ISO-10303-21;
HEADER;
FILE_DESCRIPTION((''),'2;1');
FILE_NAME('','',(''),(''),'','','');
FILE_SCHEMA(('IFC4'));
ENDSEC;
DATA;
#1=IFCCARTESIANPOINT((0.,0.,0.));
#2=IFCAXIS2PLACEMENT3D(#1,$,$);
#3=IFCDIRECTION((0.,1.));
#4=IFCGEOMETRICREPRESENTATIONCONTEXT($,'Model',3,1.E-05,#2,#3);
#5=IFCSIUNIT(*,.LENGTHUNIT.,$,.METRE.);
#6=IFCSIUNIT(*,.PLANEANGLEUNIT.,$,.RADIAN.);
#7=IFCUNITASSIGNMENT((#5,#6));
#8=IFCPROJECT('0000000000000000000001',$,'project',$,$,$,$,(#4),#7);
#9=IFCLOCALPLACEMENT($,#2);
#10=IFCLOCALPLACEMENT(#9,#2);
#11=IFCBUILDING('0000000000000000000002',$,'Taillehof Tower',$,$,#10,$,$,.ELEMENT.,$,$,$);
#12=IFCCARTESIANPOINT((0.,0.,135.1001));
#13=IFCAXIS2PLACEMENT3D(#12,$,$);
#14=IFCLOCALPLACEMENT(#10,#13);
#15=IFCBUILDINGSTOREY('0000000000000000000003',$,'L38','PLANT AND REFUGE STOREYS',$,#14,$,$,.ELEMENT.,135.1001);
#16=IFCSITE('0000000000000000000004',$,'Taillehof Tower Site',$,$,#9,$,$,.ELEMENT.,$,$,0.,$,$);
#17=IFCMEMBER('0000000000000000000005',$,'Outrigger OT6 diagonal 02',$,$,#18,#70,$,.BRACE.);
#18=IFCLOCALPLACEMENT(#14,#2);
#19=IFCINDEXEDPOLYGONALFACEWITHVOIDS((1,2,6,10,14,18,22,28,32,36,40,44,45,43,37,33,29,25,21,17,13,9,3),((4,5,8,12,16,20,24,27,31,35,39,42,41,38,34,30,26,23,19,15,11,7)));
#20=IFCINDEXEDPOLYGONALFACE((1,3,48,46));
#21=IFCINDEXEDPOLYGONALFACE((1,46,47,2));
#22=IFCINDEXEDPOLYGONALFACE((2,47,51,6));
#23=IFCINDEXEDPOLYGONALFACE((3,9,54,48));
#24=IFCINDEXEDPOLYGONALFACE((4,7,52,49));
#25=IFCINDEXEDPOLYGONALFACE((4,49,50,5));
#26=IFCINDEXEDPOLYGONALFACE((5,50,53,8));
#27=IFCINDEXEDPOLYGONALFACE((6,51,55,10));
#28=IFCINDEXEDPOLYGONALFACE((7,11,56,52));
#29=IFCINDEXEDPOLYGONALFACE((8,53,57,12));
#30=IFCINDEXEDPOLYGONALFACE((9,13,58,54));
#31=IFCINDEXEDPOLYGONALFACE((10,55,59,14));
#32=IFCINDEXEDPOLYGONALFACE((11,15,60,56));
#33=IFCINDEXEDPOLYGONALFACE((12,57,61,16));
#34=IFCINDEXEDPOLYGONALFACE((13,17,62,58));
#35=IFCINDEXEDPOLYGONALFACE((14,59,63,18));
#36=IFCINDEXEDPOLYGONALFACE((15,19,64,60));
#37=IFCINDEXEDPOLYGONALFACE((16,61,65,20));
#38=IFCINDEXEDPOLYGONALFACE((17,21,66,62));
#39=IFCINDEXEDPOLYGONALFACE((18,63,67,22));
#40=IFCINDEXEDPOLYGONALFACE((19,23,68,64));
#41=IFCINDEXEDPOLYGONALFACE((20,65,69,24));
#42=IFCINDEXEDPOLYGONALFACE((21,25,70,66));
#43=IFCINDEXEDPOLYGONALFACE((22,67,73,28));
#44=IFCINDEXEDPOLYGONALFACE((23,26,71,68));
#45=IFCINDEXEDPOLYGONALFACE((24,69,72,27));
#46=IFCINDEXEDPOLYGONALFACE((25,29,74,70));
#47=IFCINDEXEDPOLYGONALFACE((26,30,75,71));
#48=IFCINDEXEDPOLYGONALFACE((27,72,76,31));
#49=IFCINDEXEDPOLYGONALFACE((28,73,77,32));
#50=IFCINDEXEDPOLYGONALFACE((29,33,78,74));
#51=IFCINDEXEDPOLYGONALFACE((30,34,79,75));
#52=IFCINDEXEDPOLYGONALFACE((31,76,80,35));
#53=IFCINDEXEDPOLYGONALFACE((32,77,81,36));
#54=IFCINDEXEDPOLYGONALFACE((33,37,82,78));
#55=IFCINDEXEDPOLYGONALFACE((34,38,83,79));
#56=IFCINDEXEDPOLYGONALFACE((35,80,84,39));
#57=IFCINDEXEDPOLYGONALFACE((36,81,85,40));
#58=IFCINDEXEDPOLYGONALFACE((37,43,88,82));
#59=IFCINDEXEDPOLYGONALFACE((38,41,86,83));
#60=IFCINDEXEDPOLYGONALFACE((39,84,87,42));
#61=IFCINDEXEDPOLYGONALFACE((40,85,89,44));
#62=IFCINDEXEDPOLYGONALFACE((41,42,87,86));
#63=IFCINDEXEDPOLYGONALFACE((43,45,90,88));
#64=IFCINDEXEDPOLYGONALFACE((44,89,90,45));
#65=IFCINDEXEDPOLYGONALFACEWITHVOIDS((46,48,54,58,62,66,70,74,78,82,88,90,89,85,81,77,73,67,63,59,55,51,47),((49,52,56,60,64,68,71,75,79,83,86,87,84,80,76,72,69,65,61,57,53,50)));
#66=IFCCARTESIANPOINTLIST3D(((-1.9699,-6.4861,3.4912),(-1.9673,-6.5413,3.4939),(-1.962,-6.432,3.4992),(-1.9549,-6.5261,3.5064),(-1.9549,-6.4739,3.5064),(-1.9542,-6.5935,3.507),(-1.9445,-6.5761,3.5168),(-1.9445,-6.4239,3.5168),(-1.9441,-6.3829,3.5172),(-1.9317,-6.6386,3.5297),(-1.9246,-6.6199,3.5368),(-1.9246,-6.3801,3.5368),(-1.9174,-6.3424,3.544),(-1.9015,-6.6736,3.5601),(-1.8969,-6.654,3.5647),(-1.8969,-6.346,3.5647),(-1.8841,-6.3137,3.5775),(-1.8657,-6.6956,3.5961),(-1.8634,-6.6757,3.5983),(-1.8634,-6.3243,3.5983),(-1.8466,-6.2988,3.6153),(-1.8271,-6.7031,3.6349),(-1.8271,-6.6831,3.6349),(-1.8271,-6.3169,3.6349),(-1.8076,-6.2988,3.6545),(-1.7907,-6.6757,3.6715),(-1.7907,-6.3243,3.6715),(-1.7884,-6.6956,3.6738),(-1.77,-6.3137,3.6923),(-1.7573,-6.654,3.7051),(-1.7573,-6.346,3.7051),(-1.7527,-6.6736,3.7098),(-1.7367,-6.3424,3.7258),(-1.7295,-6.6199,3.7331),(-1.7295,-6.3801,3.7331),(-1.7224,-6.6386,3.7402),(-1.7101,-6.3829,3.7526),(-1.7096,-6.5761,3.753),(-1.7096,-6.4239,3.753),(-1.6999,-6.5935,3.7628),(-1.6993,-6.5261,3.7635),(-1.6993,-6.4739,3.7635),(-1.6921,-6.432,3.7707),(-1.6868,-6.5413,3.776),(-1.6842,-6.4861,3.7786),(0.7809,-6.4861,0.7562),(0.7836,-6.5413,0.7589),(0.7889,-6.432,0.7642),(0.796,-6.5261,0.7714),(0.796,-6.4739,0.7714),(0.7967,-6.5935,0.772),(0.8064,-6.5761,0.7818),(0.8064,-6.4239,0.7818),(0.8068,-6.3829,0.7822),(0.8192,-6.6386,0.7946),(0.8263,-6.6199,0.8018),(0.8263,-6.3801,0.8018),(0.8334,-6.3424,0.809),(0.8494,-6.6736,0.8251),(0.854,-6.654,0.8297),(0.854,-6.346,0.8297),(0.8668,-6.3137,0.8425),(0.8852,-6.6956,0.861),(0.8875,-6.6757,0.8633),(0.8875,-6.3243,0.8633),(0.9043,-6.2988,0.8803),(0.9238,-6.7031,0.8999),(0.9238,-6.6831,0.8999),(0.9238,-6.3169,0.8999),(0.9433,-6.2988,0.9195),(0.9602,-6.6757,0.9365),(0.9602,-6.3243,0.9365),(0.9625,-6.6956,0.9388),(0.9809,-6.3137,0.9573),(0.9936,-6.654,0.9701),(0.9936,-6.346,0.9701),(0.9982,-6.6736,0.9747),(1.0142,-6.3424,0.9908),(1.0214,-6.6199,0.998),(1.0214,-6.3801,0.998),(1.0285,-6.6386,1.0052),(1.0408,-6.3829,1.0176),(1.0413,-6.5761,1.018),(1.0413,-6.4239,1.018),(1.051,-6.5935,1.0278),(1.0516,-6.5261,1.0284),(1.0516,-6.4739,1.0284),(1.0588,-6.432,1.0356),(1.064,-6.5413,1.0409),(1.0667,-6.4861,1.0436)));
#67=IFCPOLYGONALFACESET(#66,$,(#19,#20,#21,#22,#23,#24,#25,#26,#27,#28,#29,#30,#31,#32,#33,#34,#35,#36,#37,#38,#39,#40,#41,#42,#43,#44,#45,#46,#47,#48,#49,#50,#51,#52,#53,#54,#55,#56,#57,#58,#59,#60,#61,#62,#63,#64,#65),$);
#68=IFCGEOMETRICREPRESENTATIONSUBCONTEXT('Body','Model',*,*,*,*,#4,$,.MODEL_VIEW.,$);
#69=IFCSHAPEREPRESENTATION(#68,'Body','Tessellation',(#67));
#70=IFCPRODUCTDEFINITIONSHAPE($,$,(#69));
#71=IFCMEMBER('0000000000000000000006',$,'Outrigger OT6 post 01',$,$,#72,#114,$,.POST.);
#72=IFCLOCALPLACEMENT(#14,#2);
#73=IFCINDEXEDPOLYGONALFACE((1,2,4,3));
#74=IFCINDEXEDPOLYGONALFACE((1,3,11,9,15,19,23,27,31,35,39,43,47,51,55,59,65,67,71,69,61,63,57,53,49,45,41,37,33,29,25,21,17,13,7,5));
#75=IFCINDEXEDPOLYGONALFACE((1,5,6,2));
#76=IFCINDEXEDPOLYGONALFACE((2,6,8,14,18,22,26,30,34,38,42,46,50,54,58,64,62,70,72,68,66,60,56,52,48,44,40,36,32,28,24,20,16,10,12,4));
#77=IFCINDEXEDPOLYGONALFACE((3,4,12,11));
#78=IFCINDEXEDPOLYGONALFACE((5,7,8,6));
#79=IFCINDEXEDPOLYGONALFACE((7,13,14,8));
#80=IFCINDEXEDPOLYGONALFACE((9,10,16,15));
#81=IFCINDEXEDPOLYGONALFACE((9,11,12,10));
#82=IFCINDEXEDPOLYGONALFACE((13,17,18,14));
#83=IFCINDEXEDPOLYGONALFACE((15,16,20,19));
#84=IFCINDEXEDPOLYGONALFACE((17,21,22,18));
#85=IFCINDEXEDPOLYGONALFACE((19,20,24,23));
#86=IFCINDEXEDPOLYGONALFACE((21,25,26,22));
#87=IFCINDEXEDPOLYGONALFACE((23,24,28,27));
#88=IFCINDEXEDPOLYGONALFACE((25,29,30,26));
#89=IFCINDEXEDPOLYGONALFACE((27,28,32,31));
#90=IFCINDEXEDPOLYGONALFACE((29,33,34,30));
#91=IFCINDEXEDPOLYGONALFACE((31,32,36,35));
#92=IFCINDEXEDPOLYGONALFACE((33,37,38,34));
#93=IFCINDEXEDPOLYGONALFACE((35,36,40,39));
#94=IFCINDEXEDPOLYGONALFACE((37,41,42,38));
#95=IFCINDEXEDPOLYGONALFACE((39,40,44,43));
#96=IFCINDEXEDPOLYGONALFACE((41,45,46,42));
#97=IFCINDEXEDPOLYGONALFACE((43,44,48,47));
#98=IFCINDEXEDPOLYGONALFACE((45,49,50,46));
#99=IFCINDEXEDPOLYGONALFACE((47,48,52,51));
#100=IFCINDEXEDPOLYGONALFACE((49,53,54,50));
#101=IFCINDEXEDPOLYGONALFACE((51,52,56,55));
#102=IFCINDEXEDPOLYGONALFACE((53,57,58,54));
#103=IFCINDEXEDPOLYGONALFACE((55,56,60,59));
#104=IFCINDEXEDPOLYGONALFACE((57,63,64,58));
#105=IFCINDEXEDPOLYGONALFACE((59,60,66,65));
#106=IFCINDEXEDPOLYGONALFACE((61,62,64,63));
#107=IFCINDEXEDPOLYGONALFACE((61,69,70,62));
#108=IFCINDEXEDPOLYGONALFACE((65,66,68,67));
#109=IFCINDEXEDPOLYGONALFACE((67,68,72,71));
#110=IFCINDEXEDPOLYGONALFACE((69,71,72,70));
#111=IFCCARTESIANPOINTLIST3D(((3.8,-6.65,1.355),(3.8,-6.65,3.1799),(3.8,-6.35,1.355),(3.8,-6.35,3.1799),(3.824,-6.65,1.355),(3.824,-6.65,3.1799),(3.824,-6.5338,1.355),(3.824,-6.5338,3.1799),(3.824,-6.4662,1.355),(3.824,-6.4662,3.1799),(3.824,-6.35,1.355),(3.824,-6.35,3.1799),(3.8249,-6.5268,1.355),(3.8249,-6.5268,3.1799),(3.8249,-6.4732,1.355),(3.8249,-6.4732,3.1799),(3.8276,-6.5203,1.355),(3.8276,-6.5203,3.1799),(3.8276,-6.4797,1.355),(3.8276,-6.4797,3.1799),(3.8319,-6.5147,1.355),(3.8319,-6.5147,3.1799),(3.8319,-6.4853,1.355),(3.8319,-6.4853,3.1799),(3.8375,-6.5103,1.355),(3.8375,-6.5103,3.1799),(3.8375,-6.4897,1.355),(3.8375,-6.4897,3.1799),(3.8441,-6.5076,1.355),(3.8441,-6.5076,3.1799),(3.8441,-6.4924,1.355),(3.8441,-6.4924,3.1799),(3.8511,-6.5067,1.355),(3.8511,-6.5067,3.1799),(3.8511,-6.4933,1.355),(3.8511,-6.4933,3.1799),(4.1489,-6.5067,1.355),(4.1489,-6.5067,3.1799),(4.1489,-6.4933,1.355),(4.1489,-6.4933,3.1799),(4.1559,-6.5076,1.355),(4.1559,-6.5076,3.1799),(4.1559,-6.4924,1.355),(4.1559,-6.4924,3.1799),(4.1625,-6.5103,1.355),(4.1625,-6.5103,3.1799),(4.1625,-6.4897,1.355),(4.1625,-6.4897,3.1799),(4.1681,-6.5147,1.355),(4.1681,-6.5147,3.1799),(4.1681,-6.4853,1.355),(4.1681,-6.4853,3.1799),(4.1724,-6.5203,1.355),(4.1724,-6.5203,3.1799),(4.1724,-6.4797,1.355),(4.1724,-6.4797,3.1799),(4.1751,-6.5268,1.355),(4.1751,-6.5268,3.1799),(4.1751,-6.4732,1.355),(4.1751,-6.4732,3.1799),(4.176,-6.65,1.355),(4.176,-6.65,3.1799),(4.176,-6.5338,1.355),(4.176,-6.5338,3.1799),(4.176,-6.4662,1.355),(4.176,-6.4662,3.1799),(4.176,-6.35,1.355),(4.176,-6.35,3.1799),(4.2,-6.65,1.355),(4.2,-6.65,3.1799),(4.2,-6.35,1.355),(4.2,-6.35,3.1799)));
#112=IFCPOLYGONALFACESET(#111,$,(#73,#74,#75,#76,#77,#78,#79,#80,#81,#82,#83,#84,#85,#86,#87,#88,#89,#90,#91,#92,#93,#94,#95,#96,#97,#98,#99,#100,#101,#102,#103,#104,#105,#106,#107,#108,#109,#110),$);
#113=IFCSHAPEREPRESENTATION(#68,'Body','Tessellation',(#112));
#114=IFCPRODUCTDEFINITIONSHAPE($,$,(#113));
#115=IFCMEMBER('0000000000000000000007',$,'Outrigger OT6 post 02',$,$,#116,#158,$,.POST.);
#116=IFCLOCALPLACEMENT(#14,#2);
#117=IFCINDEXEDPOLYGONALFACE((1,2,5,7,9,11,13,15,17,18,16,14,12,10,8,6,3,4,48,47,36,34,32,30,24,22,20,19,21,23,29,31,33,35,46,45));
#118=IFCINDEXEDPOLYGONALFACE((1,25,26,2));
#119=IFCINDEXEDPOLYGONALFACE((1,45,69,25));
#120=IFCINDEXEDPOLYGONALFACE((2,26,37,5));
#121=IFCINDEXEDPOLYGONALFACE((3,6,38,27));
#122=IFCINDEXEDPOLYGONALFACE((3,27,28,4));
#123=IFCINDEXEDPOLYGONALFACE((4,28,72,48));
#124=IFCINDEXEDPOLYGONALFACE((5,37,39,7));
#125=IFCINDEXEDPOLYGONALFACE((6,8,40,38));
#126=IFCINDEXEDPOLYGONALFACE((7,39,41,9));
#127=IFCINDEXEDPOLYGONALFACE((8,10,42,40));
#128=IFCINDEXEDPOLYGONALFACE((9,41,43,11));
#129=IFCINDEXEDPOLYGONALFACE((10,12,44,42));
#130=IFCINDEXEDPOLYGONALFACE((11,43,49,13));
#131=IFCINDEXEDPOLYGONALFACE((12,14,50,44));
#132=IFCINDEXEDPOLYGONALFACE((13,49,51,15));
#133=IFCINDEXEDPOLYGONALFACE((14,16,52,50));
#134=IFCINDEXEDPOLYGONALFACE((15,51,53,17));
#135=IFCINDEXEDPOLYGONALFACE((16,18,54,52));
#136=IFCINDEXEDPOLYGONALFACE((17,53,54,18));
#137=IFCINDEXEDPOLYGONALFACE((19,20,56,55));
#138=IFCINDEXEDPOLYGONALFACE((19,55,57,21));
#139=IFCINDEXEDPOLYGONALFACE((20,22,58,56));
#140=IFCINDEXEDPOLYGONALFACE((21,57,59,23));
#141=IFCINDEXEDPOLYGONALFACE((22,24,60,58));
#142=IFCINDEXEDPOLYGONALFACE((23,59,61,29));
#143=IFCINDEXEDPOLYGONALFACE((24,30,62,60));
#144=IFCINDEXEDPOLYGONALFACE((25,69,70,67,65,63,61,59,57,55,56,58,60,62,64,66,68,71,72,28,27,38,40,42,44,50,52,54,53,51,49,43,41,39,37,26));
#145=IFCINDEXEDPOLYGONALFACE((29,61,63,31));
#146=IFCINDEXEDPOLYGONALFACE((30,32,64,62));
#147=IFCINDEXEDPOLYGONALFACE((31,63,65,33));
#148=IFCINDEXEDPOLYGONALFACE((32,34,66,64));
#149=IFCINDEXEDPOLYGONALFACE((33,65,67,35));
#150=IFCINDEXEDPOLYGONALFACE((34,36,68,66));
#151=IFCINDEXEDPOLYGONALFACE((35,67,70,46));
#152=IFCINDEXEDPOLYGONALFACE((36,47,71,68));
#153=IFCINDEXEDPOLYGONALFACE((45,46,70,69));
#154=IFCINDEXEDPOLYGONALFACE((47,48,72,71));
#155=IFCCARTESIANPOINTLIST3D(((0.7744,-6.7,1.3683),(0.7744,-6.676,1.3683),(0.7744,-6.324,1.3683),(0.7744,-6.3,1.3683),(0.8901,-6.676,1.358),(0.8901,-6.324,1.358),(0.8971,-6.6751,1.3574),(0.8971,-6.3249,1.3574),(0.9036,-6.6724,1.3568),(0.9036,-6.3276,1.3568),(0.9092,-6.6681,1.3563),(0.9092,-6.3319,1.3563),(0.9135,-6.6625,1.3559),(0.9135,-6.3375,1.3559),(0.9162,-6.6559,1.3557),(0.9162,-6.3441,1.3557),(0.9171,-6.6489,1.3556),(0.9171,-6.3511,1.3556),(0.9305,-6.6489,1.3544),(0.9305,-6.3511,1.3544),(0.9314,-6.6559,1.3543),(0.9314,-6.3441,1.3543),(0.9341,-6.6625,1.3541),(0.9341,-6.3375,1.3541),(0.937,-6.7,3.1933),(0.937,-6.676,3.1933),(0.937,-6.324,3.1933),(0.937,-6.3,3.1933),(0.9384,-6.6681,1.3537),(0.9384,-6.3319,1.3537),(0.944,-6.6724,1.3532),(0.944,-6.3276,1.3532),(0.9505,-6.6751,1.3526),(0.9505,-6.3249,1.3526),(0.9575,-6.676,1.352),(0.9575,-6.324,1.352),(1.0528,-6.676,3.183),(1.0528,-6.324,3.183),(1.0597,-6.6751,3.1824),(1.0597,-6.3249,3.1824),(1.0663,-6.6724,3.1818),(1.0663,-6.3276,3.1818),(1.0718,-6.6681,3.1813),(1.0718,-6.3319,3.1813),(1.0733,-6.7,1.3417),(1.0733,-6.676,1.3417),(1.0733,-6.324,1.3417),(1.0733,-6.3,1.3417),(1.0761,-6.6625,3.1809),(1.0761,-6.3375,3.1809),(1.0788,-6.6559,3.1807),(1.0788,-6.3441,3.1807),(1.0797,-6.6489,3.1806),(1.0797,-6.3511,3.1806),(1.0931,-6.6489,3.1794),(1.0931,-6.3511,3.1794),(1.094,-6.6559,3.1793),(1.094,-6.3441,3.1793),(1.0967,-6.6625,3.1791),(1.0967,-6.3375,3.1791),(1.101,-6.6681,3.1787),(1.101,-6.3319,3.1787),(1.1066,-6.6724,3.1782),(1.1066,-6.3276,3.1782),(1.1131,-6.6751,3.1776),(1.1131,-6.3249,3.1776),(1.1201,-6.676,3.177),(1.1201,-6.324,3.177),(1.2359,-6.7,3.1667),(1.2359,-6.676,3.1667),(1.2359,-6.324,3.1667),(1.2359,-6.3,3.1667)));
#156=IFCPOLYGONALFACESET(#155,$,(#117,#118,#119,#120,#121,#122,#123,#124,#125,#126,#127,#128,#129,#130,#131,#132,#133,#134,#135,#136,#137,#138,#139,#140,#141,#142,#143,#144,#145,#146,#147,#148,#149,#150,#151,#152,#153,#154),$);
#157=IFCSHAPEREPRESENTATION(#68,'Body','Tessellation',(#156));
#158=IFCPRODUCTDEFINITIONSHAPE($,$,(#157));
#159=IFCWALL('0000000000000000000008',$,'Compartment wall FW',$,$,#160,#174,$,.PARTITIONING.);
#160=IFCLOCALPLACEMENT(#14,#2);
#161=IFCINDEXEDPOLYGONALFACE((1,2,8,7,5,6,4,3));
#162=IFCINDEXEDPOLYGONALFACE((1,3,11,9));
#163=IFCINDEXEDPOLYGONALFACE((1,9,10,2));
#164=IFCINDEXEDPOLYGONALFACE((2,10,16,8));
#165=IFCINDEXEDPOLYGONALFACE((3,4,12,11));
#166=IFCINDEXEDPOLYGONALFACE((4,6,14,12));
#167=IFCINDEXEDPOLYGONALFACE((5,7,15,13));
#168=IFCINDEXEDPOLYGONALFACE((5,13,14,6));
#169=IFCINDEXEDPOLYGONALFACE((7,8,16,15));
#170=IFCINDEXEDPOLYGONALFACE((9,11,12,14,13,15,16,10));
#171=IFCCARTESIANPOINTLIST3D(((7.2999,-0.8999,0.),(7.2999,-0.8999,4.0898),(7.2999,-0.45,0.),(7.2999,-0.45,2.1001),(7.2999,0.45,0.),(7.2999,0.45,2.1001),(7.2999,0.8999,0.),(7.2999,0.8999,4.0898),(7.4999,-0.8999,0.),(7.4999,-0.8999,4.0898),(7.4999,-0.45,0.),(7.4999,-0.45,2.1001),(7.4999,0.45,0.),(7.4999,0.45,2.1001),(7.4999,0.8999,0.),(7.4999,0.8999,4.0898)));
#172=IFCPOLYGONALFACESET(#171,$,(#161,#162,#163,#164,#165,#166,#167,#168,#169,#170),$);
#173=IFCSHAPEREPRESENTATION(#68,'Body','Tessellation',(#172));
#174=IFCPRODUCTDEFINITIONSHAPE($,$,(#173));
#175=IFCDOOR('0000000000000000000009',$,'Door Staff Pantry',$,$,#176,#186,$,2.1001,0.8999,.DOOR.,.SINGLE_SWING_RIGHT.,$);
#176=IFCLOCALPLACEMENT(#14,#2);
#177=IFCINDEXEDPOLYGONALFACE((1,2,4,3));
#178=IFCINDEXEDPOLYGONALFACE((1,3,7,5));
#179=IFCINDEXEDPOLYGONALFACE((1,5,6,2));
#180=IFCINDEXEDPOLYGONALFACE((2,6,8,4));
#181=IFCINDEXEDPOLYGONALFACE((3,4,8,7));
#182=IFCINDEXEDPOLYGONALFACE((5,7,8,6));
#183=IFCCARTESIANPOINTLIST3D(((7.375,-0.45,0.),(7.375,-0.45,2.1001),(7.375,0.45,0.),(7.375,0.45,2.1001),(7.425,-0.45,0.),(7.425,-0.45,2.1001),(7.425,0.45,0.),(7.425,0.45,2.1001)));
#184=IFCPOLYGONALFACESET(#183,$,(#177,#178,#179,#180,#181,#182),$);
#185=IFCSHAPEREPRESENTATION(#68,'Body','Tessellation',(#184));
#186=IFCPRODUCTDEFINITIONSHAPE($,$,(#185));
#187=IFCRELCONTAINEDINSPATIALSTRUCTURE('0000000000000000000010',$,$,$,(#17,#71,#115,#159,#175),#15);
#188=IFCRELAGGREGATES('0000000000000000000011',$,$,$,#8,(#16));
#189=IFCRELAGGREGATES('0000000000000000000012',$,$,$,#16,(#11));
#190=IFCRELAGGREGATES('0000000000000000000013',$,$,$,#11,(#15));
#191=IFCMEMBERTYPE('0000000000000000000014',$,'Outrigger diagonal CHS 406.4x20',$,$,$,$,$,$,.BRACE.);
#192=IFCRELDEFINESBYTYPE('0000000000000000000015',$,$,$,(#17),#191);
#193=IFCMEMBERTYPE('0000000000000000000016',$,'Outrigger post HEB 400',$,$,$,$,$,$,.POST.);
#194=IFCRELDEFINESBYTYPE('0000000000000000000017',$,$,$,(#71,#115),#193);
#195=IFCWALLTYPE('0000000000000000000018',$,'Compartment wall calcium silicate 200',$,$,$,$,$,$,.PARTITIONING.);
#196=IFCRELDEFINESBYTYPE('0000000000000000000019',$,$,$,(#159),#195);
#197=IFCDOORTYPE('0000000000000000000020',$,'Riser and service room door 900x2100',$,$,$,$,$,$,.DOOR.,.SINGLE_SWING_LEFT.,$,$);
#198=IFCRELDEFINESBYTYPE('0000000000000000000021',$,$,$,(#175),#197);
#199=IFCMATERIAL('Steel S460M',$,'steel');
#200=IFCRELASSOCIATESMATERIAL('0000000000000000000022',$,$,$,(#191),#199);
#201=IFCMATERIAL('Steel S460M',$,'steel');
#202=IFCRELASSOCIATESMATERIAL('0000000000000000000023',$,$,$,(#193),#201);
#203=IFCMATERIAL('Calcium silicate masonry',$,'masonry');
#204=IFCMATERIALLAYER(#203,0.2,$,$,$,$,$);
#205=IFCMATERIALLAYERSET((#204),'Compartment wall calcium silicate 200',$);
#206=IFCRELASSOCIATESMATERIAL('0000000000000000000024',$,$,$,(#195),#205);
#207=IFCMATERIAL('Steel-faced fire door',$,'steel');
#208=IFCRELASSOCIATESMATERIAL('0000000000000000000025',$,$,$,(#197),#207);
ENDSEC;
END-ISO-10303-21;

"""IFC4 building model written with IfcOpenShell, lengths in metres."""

from ifc_helpers import new_model, si_unit, direction, frame, frame_2d, origin, origin_2d, place, context, subcontext, project, spatial, rectangle, hollow_circle, i_section, extrude, material, layer, layer_set, material_profile, profile_set, type_object, element, fill, save


model = new_model("IFC4")

# Units and contexts
model_context = context("Model", 3, precision=1e-05, world=origin(), true_north=direction((0.0, 1.0)))
body_context = subcontext(model_context, "Body", "Model", "MODEL_VIEW")
ifc_project = project(units=[si_unit("LENGTHUNIT", "METRE"), si_unit("PLANEANGLEUNIT", "RADIAN")], contexts=[model_context])

# Site, building, storey
site_placement = place(None, origin())
site = spatial("IfcSite", under=ifc_project, at=site_placement, Name="Taillehof Tower Site", CompositionType="ELEMENT", RefElevation=0.0)
building_placement = place(site_placement, origin())
building = spatial("IfcBuilding", under=site, at=building_placement, Name="Taillehof Tower", CompositionType="ELEMENT")
storey_placement = place(building_placement, frame((0.0, 0.0, 135.1001)))
storey = spatial("IfcBuildingStorey", under=building, at=storey_placement, Name="L38", Description="PLANT AND REFUGE STOREYS", CompositionType="ELEMENT", Elevation=135.1001)

# Members
ifc_material_1 = material(Name="Steel S460M", Category="steel")
ifc_material_profile_1 = material_profile(ifc_material_1, hollow_circle(Radius=0.2031, WallThickness=0.02, at=origin_2d()), Name="CHS 406.4x20")
ifc_profile_set_1 = profile_set([ifc_material_profile_1], Name="Steel S460M")
member_type_1 = type_object("IfcMemberType", Name="Outrigger diagonal CHS 406.4x20", PredefinedType="BRACE", material=ifc_profile_set_1)
member_1_placement = place(storey_placement, frame((0.9238, -6.5, 0.8999), z_axis=(-0.709149, 0.0, 0.705058), x_axis=(0.0, -1.0, 0.0)))
element("IfcMember", 1, at=member_1_placement, inside=storey, type_object=member_type_1, Name="Outrigger OT6 diagonal 02", PredefinedType="BRACE", context=body_context, shape_type="SweptSolid", body=[
    extrude(hollow_circle(Radius=0.2031, WallThickness=0.02, at=origin_2d()), origin(), (0.0, 0.0, 1.0), 3.8792),
])
ifc_material_2 = material(Name="Steel S460M", Category="steel")
ifc_material_profile_2 = material_profile(ifc_material_2, i_section(OverallWidth=0.3, OverallDepth=0.3999, WebThickness=0.0134, FlangeThickness=0.0239, FilletRadius=0.0271, at=origin_2d()), Name="HEB 400")
ifc_profile_set_2 = profile_set([ifc_material_profile_2], Name="Steel S460M")
member_type_2 = type_object("IfcMemberType", Name="Outrigger post HEB 400", PredefinedType="POST", material=ifc_profile_set_2)
member_2_placement = place(storey_placement, frame((4.0, -6.5, 1.355), z_axis=(0.0, 0.0, 1.0), x_axis=(0.0, 1.0, 0.0)))
element("IfcMember", 2, at=member_2_placement, inside=storey, type_object=member_type_2, Name="Outrigger OT6 post 01", PredefinedType="POST", context=body_context, shape_type="SweptSolid", body=[
    extrude(i_section(OverallWidth=0.3, OverallDepth=0.3999, WebThickness=0.0134, FlangeThickness=0.0239, FilletRadius=0.0271, at=origin_2d()), origin(), (0.0, 0.0, 1.0), 1.825),
])
member_3_placement = place(storey_placement, frame((0.9238, -6.5, 1.355), z_axis=(0.088745, 0.0, 0.996054), x_axis=(-0.996054, 0.0, 0.088745)))
element("IfcMember", 3, at=member_3_placement, inside=storey, type_object=member_type_2, Name="Outrigger OT6 post 02", PredefinedType="POST", context=body_context, shape_type="SweptSolid", body=[
    extrude(i_section(OverallWidth=0.3, OverallDepth=0.3999, WebThickness=0.0134, FlangeThickness=0.0239, FilletRadius=0.0271, at=origin_2d()), origin(), (0.0, 0.0, 1.0), 1.8323),
])

# Wall, opening, door
ifc_material_3 = material(Name="Calcium silicate masonry", Category="masonry")
ifc_layer_1 = layer(ifc_material_3, 0.2)
ifc_layer_set_1 = layer_set([ifc_layer_1], Name="Compartment wall calcium silicate 200")
wall_type_1 = type_object("IfcWallType", Name="Compartment wall calcium silicate 200", PredefinedType="PARTITIONING", material=ifc_layer_set_1)
wall_1_placement = place(storey_placement, frame((7.3999, -0.8999, 0.0), z_axis=(0.0, 0.0, 1.0), x_axis=(0.0, 1.0, 0.0)))
wall_1 = element("IfcWall", 4, at=wall_1_placement, inside=storey, type_object=wall_type_1, Name="Compartment wall FW", PredefinedType="PARTITIONING", context=body_context, shape_type="SweptSolid", body=[
    extrude(rectangle(XDim=1.7998, YDim=0.2, at=frame_2d((0.8999, 0.0))), origin(), (0.0, 0.0, 1.0), 4.0898),
])
opening_1_placement = place(wall_1_placement, frame((0.45, 0.0, 0.0)))
opening_1 = element("IfcOpeningElement", 5, at=opening_1_placement, cuts=wall_1, PredefinedType="OPENING", context=body_context, shape_type="SweptSolid", body=[
    extrude(rectangle(XDim=0.8999, YDim=2.1001, at=frame_2d((0.45, 1.05))), frame((0.0, 0.1099, 0.0), z_axis=(0.0, -1.0, 0.0), x_axis=(1.0, 0.0, 0.0)), (0.0, 0.0, 1.0), 0.22),
])
ifc_material_4 = material(Name="Steel-faced fire door", Category="steel")
door_type_1 = type_object("IfcDoorType", Name="Riser and service room door 900x2100", OperationType="SINGLE_SWING_LEFT", PredefinedType="DOOR", material=ifc_material_4)
door_1_placement = place(opening_1_placement, origin())
door_1 = element("IfcDoor", 6, at=door_1_placement, inside=storey, type_object=door_type_1, Name="Door Staff Pantry", OperationType="SINGLE_SWING_RIGHT", OverallHeight=2.1001, OverallWidth=0.8999, PredefinedType="DOOR", context=body_context, shape_type="SweptSolid", body=[
    extrude(rectangle(XDim=0.8999, YDim=2.1001, at=frame_2d((0.45, 1.05))), frame((0.0, 0.0249, 0.0), z_axis=(0.0, -1.0, 0.0), x_axis=(1.0, 0.0, 0.0)), (0.0, 0.0, 1.0), 0.05),
])
fill(opening_1, door_1)

save(model, "model.ifc")
